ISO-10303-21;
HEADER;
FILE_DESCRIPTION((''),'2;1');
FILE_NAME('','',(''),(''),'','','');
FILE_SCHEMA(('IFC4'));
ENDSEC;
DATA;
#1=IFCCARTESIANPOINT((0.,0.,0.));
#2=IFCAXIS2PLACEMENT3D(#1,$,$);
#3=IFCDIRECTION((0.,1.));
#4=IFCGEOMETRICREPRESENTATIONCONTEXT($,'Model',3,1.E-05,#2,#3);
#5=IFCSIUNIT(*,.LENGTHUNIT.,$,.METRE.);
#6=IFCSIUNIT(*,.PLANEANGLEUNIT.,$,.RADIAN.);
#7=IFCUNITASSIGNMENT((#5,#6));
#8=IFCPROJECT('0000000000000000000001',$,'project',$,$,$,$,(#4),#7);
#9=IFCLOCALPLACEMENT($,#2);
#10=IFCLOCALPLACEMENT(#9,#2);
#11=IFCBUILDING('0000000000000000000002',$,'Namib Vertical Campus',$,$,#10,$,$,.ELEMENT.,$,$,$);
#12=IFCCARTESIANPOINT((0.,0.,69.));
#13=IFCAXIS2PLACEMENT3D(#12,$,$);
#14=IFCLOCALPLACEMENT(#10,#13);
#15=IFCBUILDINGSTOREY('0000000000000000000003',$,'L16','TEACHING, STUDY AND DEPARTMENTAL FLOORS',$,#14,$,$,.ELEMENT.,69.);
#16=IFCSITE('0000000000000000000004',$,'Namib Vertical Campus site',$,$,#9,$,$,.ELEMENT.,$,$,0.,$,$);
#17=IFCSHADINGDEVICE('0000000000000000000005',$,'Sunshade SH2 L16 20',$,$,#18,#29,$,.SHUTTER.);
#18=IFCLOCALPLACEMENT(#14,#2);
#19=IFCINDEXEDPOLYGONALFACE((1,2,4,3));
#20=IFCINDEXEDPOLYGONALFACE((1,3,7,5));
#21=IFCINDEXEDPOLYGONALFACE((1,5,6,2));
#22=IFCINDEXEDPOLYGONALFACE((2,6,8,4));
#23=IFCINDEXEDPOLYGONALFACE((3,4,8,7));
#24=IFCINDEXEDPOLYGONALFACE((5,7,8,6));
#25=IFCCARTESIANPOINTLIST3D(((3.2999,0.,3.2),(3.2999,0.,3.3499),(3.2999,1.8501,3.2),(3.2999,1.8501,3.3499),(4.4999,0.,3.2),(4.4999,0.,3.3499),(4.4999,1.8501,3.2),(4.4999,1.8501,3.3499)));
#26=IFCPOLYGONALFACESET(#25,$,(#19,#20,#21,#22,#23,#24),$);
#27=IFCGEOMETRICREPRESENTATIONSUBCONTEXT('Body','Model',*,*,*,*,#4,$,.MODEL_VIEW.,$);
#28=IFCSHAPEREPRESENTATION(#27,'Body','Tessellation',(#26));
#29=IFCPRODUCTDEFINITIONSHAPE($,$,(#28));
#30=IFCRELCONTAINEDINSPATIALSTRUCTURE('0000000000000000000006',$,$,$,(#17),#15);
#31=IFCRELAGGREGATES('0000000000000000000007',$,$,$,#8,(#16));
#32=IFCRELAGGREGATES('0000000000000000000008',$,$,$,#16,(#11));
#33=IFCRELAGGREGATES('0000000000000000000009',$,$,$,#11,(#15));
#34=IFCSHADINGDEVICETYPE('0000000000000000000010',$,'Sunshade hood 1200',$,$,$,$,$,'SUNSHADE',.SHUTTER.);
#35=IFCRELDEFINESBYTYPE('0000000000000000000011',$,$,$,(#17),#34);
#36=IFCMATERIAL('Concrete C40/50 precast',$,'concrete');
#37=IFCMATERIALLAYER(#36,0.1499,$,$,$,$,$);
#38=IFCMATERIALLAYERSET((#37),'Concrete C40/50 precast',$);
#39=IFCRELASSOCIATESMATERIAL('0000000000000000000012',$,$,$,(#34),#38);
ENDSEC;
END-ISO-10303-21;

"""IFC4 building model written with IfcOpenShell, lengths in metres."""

from ifc_helpers import new_model, si_unit, direction, frame, origin, origin_2d, place, context, subcontext, project, spatial, rectangle, extrude, material, layer, layer_set, type_object, element, save


model = new_model("IFC4")

# Units and contexts
model_context = context("Model", 3, precision=1e-05, world=origin(), true_north=direction((0.0, 1.0)))
body_context = subcontext(model_context, "Body", "Model", "MODEL_VIEW")
ifc_project = project(units=[si_unit("LENGTHUNIT", "METRE"), si_unit("PLANEANGLEUNIT", "RADIAN")], contexts=[model_context])

# Site, building, storey
site_placement = place(None, origin())
site = spatial("IfcSite", under=ifc_project, at=site_placement, Name="Namib Vertical Campus site", CompositionType="ELEMENT", RefElevation=0.0)
building_placement = place(site_placement, origin())
building = spatial("IfcBuilding", under=site, at=building_placement, Name="Namib Vertical Campus", CompositionType="ELEMENT")
storey_placement = place(building_placement, frame((0.0, 0.0, 69.0)))
storey = spatial("IfcBuildingStorey", under=building, at=storey_placement, Name="L16", Description="TEACHING, STUDY AND DEPARTMENTAL FLOORS", CompositionType="ELEMENT", Elevation=69.0)

# Shading device
ifc_material_1 = material(Name="Concrete C40/50 precast", Category="concrete")
ifc_layer_1 = layer(ifc_material_1, 0.1499)
ifc_layer_set_1 = layer_set([ifc_layer_1], Name="Concrete C40/50 precast")
shading_device_type = type_object("IfcShadingDeviceType", Name="Sunshade hood 1200", ElementType="SUNSHADE", PredefinedType="SHUTTER", material=ifc_layer_set_1)
for number, where, z_axis, x_axis, name in (
    (1, (3.8999, 0.925, 3.2), (0.0, 0.0, 1.0), (0.0, -1.0, 0.0), "Sunshade SH2 L16 20"),
):
    element("IfcShadingDevice", number, at=place(storey_placement, frame(where, z_axis=z_axis, x_axis=x_axis)), inside=storey, type_object=shading_device_type, Name=name, PredefinedType="SHUTTER", context=body_context, shape_type="SweptSolid", body=[
        extrude(rectangle(XDim=1.8501, YDim=1.2, at=origin_2d()), origin(), (0.0, 0.0, 1.0), 0.1499),
    ])

save(model, "model.ifc")
